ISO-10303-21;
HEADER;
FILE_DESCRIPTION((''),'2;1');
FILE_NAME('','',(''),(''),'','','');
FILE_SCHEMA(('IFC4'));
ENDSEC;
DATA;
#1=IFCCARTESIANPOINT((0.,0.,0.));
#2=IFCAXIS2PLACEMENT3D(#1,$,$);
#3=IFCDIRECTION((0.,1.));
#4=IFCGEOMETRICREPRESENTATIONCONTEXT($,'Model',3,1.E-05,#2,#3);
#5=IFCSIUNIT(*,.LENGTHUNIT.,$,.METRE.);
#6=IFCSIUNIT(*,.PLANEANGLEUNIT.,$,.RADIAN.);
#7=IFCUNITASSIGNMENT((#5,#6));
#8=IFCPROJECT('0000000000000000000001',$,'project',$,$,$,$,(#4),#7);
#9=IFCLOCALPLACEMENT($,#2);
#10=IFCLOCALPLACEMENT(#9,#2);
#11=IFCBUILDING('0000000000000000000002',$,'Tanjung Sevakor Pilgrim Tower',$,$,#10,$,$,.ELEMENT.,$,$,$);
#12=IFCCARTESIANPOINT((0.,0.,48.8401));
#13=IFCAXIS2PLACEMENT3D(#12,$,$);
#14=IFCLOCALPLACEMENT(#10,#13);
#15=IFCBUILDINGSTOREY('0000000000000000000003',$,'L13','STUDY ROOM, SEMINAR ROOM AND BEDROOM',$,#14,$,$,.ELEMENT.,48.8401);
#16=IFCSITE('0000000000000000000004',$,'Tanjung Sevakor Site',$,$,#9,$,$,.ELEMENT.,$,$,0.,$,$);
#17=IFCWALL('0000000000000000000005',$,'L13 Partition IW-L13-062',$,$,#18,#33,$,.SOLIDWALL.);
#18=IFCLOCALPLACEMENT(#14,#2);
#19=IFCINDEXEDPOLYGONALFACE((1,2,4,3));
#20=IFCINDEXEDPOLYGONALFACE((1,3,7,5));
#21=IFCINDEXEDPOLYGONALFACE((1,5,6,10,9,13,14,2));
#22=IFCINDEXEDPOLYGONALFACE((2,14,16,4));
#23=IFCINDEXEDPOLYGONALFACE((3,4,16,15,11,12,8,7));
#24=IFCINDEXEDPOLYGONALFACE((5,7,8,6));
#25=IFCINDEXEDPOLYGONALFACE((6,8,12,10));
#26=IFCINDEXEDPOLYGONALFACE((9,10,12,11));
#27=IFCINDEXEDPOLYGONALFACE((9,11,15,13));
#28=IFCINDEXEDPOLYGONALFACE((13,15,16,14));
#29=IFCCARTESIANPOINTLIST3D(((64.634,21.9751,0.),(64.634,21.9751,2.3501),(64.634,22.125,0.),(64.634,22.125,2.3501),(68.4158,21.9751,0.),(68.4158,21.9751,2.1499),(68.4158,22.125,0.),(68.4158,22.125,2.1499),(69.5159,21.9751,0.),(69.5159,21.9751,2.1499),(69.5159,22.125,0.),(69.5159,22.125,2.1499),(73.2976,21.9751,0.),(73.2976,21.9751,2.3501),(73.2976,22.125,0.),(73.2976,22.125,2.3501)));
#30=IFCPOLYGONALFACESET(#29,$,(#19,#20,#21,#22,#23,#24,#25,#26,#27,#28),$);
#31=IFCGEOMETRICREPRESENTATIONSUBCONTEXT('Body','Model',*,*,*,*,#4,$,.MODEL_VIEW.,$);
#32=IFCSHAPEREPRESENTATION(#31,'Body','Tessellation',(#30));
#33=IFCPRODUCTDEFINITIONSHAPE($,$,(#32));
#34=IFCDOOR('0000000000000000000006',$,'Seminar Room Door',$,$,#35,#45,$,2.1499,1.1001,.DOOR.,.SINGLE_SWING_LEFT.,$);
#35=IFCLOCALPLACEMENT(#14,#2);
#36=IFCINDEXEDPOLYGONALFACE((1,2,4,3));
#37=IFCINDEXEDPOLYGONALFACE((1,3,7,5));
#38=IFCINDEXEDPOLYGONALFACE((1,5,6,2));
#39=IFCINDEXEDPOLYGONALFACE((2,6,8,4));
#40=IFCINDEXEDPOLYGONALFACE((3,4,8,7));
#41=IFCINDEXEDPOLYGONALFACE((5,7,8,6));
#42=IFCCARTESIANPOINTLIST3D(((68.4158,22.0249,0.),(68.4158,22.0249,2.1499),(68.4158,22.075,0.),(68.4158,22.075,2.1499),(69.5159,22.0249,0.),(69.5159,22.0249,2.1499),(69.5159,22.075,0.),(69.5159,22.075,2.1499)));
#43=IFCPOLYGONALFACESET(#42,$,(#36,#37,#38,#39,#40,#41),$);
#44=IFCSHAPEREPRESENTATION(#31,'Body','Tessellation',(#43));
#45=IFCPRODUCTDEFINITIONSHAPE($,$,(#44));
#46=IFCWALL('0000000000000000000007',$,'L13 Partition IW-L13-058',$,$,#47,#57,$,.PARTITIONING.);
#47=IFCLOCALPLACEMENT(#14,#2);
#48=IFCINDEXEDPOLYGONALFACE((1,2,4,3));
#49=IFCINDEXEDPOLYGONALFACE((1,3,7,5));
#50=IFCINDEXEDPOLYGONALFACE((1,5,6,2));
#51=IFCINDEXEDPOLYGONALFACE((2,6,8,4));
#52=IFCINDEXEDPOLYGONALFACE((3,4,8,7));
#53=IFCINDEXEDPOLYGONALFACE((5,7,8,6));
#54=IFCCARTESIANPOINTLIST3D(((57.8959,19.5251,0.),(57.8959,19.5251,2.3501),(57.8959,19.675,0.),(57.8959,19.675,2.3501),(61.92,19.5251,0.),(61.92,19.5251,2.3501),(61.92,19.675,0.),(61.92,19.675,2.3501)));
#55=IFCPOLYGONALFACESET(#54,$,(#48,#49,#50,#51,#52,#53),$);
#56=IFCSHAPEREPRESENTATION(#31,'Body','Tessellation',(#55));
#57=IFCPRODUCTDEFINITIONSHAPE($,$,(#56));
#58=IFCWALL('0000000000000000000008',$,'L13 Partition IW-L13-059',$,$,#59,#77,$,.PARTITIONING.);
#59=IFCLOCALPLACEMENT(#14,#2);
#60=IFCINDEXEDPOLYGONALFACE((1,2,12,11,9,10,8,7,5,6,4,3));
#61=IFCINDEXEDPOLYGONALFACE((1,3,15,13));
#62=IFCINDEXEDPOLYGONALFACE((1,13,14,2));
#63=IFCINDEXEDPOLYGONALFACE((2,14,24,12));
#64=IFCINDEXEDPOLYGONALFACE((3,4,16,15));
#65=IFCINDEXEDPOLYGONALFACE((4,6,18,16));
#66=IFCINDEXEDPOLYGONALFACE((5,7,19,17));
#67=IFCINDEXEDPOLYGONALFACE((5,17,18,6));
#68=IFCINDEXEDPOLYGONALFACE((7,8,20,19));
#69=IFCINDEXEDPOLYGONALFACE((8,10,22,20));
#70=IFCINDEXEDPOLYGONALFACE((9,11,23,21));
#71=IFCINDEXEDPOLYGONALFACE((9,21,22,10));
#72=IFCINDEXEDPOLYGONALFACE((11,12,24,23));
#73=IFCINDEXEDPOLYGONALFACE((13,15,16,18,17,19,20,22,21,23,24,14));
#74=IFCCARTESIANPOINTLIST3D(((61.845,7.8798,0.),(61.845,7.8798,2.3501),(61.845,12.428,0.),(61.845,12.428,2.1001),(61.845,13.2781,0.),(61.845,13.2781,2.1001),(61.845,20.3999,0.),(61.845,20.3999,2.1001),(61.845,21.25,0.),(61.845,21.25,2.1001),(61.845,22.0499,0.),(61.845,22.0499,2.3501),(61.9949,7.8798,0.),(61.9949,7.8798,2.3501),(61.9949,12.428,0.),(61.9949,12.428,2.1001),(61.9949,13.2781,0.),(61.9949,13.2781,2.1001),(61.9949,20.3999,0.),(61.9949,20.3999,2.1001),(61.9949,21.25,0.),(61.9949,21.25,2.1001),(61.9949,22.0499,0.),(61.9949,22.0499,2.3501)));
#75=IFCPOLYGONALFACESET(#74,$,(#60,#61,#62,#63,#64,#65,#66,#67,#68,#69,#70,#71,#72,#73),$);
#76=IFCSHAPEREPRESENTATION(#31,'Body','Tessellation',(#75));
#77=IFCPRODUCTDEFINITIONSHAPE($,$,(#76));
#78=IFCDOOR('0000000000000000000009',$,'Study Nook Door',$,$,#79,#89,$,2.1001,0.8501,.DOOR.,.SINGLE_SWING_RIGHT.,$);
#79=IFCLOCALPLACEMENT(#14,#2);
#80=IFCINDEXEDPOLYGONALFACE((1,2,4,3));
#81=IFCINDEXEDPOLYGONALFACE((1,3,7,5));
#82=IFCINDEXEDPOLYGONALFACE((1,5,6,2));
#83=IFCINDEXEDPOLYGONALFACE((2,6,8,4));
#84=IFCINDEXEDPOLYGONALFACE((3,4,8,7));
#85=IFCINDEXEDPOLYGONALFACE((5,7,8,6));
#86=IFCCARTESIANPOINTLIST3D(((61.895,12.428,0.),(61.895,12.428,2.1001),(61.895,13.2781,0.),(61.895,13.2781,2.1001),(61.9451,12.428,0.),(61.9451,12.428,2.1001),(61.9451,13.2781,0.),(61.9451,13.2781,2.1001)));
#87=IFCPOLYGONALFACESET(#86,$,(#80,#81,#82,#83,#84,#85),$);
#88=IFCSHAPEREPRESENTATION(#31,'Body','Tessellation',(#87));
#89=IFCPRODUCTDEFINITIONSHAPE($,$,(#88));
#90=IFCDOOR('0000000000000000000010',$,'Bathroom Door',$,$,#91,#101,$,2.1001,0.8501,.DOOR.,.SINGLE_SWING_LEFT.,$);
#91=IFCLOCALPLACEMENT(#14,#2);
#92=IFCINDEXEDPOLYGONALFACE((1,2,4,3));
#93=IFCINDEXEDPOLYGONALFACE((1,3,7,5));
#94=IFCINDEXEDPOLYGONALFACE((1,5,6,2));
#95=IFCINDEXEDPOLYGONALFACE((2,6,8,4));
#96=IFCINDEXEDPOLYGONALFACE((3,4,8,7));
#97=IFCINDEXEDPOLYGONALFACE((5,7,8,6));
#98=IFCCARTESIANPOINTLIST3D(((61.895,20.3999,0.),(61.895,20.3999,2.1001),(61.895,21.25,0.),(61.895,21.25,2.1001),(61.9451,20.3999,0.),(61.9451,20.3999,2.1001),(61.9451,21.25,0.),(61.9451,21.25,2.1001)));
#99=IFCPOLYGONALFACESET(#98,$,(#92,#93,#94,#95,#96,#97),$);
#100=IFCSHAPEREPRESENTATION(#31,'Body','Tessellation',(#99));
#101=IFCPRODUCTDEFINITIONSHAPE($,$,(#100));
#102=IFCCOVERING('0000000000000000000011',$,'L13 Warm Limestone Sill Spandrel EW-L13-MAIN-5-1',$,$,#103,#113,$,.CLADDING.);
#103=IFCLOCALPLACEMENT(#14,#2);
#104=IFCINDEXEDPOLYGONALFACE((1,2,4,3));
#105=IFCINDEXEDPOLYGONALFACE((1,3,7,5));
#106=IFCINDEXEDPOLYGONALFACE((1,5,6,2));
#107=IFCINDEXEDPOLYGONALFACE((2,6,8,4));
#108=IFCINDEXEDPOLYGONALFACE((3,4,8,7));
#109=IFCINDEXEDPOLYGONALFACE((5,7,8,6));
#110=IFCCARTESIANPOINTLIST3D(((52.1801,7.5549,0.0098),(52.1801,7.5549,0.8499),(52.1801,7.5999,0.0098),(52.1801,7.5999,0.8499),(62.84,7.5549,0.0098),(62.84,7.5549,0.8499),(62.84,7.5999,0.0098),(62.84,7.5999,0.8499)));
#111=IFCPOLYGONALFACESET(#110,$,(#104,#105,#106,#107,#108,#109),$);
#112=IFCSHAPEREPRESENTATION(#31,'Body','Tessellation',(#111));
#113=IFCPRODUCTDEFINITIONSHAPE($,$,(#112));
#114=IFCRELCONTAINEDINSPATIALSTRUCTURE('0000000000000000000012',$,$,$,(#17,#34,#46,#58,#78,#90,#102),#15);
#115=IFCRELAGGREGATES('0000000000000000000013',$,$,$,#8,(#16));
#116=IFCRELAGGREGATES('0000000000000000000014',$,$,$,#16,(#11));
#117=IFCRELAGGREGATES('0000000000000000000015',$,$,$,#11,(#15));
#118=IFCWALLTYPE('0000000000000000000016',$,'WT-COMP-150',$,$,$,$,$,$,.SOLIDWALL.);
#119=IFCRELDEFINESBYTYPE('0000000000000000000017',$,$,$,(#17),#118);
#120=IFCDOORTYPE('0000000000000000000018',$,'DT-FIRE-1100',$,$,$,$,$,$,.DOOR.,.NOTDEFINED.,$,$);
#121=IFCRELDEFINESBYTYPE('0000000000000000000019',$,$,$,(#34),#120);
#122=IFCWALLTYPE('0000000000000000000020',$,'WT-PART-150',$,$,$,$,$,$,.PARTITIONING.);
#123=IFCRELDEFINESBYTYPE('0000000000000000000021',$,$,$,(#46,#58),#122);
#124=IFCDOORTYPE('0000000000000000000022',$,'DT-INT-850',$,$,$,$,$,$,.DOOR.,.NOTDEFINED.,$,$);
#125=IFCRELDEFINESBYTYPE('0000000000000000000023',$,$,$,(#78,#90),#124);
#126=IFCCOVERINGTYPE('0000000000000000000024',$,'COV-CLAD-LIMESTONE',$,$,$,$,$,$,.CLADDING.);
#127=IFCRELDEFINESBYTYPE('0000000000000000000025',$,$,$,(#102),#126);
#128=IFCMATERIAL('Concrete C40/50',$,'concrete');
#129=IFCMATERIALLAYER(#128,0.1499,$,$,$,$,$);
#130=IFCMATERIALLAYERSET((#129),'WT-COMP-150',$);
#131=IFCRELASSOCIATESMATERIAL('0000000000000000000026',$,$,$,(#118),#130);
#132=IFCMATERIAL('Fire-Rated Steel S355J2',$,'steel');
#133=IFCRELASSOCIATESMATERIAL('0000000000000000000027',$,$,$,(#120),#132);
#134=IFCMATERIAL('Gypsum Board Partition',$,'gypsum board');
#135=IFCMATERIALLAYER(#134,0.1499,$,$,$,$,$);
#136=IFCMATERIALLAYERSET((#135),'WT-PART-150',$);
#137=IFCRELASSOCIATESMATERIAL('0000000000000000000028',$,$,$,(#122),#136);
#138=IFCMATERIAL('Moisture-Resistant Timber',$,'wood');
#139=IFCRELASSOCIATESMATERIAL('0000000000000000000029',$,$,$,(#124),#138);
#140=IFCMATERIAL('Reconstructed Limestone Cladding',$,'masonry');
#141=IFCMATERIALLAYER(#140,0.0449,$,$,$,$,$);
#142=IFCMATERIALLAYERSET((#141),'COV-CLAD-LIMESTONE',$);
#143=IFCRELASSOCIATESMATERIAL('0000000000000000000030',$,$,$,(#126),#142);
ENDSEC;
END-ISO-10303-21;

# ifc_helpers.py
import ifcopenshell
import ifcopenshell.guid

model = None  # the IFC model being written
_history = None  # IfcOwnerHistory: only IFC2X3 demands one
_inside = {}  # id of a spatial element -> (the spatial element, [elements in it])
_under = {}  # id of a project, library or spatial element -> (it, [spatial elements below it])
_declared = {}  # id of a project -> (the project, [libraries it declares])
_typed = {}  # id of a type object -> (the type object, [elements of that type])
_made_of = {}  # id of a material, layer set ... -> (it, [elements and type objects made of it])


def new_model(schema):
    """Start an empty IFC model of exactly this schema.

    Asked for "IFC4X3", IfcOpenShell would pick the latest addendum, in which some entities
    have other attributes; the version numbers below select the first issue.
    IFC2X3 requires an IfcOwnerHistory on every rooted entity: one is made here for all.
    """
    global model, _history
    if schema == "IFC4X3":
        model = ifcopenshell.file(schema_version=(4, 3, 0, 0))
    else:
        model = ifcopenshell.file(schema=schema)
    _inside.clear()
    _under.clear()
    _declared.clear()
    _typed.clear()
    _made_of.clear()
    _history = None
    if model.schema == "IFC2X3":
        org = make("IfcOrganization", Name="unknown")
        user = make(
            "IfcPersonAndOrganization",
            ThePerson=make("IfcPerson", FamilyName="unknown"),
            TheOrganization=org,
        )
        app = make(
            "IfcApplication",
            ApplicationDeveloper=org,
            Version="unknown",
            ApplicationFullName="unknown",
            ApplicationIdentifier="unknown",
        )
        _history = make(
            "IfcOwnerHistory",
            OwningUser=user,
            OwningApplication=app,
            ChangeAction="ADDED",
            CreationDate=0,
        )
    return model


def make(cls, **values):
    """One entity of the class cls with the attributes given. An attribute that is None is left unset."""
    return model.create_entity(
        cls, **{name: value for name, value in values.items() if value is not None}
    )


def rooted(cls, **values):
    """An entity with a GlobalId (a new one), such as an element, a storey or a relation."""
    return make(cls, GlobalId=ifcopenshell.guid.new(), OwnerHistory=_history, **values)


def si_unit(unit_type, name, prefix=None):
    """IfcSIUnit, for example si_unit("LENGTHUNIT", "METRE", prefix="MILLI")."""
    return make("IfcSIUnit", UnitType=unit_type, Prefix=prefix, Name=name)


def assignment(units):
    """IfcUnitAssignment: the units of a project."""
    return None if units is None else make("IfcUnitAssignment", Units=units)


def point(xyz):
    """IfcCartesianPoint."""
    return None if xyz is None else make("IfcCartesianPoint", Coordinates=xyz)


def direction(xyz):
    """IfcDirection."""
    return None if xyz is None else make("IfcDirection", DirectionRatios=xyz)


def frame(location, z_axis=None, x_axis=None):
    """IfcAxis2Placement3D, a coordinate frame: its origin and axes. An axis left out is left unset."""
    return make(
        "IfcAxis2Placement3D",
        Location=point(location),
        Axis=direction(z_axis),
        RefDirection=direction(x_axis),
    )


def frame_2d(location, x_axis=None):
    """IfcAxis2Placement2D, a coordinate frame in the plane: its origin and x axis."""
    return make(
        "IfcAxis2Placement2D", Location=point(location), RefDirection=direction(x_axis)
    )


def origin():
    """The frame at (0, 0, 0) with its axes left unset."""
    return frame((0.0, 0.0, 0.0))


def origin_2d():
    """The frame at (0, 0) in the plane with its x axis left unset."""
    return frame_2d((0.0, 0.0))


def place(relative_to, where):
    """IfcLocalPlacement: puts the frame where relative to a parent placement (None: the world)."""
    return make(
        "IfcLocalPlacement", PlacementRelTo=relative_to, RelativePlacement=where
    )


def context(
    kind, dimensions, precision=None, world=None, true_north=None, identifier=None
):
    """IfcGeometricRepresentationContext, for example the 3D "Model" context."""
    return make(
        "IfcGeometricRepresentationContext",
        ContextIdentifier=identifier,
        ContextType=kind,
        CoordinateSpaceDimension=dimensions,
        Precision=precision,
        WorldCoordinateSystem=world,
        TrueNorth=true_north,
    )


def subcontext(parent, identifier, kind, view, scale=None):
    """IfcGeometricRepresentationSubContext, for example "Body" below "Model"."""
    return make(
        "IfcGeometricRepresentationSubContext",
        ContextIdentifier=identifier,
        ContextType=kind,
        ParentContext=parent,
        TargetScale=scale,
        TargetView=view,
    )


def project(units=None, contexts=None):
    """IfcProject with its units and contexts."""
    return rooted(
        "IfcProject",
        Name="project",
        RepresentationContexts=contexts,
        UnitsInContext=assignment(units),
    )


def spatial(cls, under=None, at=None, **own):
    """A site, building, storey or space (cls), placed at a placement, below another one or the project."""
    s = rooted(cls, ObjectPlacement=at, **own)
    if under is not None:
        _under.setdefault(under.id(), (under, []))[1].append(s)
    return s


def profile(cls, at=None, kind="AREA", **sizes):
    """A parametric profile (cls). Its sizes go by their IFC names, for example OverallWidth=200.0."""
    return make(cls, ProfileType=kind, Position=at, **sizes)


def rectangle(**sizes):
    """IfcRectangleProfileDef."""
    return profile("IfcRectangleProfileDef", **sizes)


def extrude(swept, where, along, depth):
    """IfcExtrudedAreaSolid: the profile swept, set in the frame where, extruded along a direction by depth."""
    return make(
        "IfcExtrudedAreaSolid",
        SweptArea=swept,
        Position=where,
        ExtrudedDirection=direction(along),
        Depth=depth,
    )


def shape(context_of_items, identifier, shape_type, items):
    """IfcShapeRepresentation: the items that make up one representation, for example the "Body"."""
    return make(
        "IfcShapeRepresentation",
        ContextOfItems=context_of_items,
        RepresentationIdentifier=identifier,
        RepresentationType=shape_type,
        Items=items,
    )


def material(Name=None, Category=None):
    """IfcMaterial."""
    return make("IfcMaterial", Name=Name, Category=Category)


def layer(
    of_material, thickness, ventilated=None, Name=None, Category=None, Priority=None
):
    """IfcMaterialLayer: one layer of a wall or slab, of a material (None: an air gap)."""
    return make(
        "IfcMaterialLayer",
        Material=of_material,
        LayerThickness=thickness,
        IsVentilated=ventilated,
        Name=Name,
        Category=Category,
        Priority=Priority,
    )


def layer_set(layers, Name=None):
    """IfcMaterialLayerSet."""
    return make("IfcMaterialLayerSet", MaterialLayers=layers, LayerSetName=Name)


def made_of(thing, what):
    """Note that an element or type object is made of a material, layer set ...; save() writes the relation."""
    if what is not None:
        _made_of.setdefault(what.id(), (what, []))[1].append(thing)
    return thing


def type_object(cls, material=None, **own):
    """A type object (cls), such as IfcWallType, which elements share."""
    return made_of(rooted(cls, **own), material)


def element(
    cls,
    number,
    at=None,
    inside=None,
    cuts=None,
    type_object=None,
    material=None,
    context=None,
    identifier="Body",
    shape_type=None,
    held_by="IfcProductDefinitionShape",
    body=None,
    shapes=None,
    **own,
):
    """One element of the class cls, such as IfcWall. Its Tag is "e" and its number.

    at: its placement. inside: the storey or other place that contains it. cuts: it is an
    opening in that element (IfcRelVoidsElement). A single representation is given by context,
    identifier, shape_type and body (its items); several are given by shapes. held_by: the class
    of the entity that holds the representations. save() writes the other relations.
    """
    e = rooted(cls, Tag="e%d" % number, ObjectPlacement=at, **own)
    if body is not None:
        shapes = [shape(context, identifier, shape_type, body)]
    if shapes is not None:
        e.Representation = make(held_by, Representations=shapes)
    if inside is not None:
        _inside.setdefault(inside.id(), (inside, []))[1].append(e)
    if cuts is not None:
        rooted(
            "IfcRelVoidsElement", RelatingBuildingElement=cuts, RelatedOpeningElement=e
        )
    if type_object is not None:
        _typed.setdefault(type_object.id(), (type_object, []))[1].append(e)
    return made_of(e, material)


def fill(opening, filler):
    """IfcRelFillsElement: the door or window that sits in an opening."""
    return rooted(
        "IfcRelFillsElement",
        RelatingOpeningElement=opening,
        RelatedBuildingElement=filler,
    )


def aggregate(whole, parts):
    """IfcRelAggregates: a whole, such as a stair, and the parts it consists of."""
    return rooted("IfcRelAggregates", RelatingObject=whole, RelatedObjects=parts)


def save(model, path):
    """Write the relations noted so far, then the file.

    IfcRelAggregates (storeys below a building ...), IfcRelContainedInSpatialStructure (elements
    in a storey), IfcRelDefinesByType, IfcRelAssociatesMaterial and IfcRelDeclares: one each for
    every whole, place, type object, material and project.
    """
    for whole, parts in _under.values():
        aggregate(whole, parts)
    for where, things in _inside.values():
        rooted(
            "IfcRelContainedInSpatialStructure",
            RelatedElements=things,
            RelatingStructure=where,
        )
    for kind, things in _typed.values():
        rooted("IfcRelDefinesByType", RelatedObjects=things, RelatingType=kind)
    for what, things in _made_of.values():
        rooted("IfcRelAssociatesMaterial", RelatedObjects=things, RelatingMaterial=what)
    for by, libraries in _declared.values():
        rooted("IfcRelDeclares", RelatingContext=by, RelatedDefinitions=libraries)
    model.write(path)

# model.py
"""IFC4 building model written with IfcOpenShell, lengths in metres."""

from ifc_helpers import new_model, si_unit, direction, frame, frame_2d, origin, origin_2d, place, context, subcontext, project, spatial, rectangle, extrude, material, layer, layer_set, type_object, element, fill, save


model = new_model("IFC4")

# Units and contexts
model_context = context("Model", 3, precision=1e-05, world=origin(), true_north=direction((0.0, 1.0)))
body_context = subcontext(model_context, "Body", "Model", "MODEL_VIEW")
ifc_project = project(units=[si_unit("LENGTHUNIT", "METRE"), si_unit("PLANEANGLEUNIT", "RADIAN")], contexts=[model_context])

# Site, building, storey
site_placement = place(None, origin())
site = spatial("IfcSite", under=ifc_project, at=site_placement, Name="Tanjung Sevakor Site", CompositionType="ELEMENT", RefElevation=0.0)
building_placement = place(site_placement, origin())
building = spatial("IfcBuilding", under=site, at=building_placement, Name="Tanjung Sevakor Pilgrim Tower", CompositionType="ELEMENT")
storey_placement = place(building_placement, frame((0.0, 0.0, 48.8401)))
storey = spatial("IfcBuildingStorey", under=building, at=storey_placement, Name="L13", Description="STUDY ROOM, SEMINAR ROOM AND BEDROOM", CompositionType="ELEMENT", Elevation=48.8401)

# Shared definitions
ifc_material_1 = material(Name="Concrete C40/50", Category="concrete")
ifc_layer_1 = layer(ifc_material_1, 0.1499)
ifc_layer_set_1 = layer_set([ifc_layer_1], Name="WT-COMP-150")
wall_type_1 = type_object("IfcWallType", Name="WT-COMP-150", PredefinedType="SOLIDWALL", material=ifc_layer_set_1)

# Wall, opening, door
wall_1_placement = place(storey_placement, frame((64.634, 22.05, 0.0), z_axis=(0.0, 0.0, 1.0), x_axis=(1.0, 0.0, 0.0)))
wall_1 = element("IfcWall", 1, at=wall_1_placement, inside=storey, type_object=wall_type_1, Name="L13 Partition IW-L13-062", PredefinedType="SOLIDWALL", context=body_context, shape_type="SweptSolid", body=[
    extrude(rectangle(XDim=8.6636, YDim=0.1499, at=frame_2d((4.3318, 0.0))), origin(), (0.0, 0.0, 1.0), 2.3501),
])
opening_1_placement = place(wall_1_placement, frame((3.7817, 0.0, 0.0)))
opening_1 = element("IfcOpeningElement", 2, at=opening_1_placement, cuts=wall_1, PredefinedType="OPENING", context=body_context, shape_type="SweptSolid", body=[
    extrude(rectangle(XDim=1.1001, YDim=2.1499, at=frame_2d((0.55, 1.075))), frame((0.0, 0.085, 0.0), z_axis=(0.0, -1.0, 0.0), x_axis=(1.0, 0.0, 0.0)), (0.0, 0.0, 1.0), 0.1699),
])
ifc_material_2 = material(Name="Fire-Rated Steel S355J2", Category="steel")
door_type_1 = type_object("IfcDoorType", Name="DT-FIRE-1100", OperationType="NOTDEFINED", PredefinedType="DOOR", material=ifc_material_2)
door_1_placement = place(opening_1_placement, origin())
door_1 = element("IfcDoor", 3, at=door_1_placement, inside=storey, type_object=door_type_1, Name="Seminar Room Door", OperationType="SINGLE_SWING_LEFT", OverallHeight=2.1499, OverallWidth=1.1001, PredefinedType="DOOR", context=body_context, shape_type="SweptSolid", body=[
    extrude(rectangle(XDim=1.1001, YDim=2.1499, at=frame_2d((0.55, 1.075))), frame((0.0, 0.0249, 0.0), z_axis=(0.0, -1.0, 0.0), x_axis=(1.0, 0.0, 0.0)), (0.0, 0.0, 1.0), 0.05),
])
fill(opening_1, door_1)

# Wall
ifc_material_3 = material(Name="Gypsum Board Partition", Category="gypsum board")
ifc_layer_2 = layer(ifc_material_3, 0.1499)
ifc_layer_set_2 = layer_set([ifc_layer_2], Name="WT-PART-150")
wall_type_2 = type_object("IfcWallType", Name="WT-PART-150", PredefinedType="PARTITIONING", material=ifc_layer_set_2)
wall_2_placement = place(storey_placement, frame((57.8958, 19.6001, 0.0), z_axis=(0.0, 0.0, 1.0), x_axis=(1.0, 0.0, 0.0)))
element("IfcWall", 4, at=wall_2_placement, inside=storey, type_object=wall_type_2, Name="L13 Partition IW-L13-058", PredefinedType="PARTITIONING", context=body_context, shape_type="SweptSolid", body=[
    extrude(rectangle(XDim=4.0242, YDim=0.1499, at=frame_2d((2.0122, 0.0))), origin(), (0.0, 0.0, 1.0), 2.3501),
])

# Wall, openings, doors
wall_3_placement = place(storey_placement, frame((61.9199, 7.8799, 0.0), z_axis=(0.0, 0.0, 1.0), x_axis=(0.0, 1.0, 0.0)))
wall_3 = element("IfcWall", 5, at=wall_3_placement, inside=storey, type_object=wall_type_2, Name="L13 Partition IW-L13-059", PredefinedType="PARTITIONING", context=body_context, shape_type="SweptSolid", body=[
    extrude(rectangle(XDim=14.1702, YDim=0.1499, at=frame_2d((7.085, 0.0))), origin(), (0.0, 0.0, 1.0), 2.3501),
])
opening_2_placement = place(wall_3_placement, frame((4.5481, 0.0, 0.0)))
opening_2 = element("IfcOpeningElement", 6, at=opening_2_placement, cuts=wall_3, PredefinedType="OPENING", context=body_context, shape_type="SweptSolid", body=[
    extrude(rectangle(XDim=0.8501, YDim=2.1001, at=frame_2d((0.425, 1.05))), frame((0.0, 0.085, 0.0), z_axis=(0.0, -1.0, 0.0), x_axis=(1.0, 0.0, 0.0)), (0.0, 0.0, 1.0), 0.1699),
])
opening_3_placement = place(wall_3_placement, frame((12.52, 0.0, 0.0)))
opening_3 = element("IfcOpeningElement", 7, at=opening_3_placement, cuts=wall_3, PredefinedType="OPENING", context=body_context, shape_type="SweptSolid", body=[
    extrude(rectangle(XDim=0.8501, YDim=2.1001, at=frame_2d((0.425, 1.05))), frame((0.0, 0.085, 0.0), z_axis=(0.0, -1.0, 0.0), x_axis=(1.0, 0.0, 0.0)), (0.0, 0.0, 1.0), 0.1699),
])
ifc_material_4 = material(Name="Moisture-Resistant Timber", Category="wood")
door_type_2 = type_object("IfcDoorType", Name="DT-INT-850", OperationType="NOTDEFINED", PredefinedType="DOOR", material=ifc_material_4)
door_2_placement = place(opening_2_placement, origin())
door_2 = element("IfcDoor", 8, at=door_2_placement, inside=storey, type_object=door_type_2, Name="Study Nook Door", OperationType="SINGLE_SWING_RIGHT", OverallHeight=2.1001, OverallWidth=0.8501, PredefinedType="DOOR", context=body_context, shape_type="SweptSolid", body=[
    extrude(rectangle(XDim=0.8501, YDim=2.1001, at=frame_2d((0.425, 1.05))), frame((0.0, 0.0249, 0.0), z_axis=(0.0, -1.0, 0.0), x_axis=(1.0, 0.0, 0.0)), (0.0, 0.0, 1.0), 0.05),
])
fill(opening_2, door_2)
door_3_placement = place(opening_3_placement, origin())
door_3 = element("IfcDoor", 9, at=door_3_placement, inside=storey, type_object=door_type_2, Name="Bathroom Door", OperationType="SINGLE_SWING_LEFT", OverallHeight=2.1001, OverallWidth=0.8501, PredefinedType="DOOR", context=body_context, shape_type="SweptSolid", body=[
    extrude(rectangle(XDim=0.8501, YDim=2.1001, at=frame_2d((0.425, 1.05))), frame((0.0, 0.0249, 0.0), z_axis=(0.0, -1.0, 0.0), x_axis=(1.0, 0.0, 0.0)), (0.0, 0.0, 1.0), 0.05),
])
fill(opening_3, door_3)

# Covering
ifc_material_5 = material(Name="Reconstructed Limestone Cladding", Category="masonry")
ifc_layer_3 = layer(ifc_material_5, 0.0449)
ifc_layer_set_3 = layer_set([ifc_layer_3], Name="COV-CLAD-LIMESTONE")
covering_type = type_object("IfcCoveringType", Name="COV-CLAD-LIMESTONE", PredefinedType="CLADDING", material=ifc_layer_set_3)
covering_placement = place(storey_placement, frame((57.51, 7.5774, 0.0098), z_axis=(0.0, 0.0, 1.0), x_axis=(1.0, 0.0, 0.0)))
element("IfcCovering", 10, at=covering_placement, inside=storey, type_object=covering_type, Name="L13 Warm Limestone Sill Spandrel EW-L13-MAIN-5-1", PredefinedType="CLADDING", context=body_context, shape_type="SweptSolid", body=[
    extrude(rectangle(XDim=10.6599, YDim=0.0449, at=origin_2d()), origin(), (0.0, 0.0, 1.0), 0.8401),
])

save(model, "model.ifc")
